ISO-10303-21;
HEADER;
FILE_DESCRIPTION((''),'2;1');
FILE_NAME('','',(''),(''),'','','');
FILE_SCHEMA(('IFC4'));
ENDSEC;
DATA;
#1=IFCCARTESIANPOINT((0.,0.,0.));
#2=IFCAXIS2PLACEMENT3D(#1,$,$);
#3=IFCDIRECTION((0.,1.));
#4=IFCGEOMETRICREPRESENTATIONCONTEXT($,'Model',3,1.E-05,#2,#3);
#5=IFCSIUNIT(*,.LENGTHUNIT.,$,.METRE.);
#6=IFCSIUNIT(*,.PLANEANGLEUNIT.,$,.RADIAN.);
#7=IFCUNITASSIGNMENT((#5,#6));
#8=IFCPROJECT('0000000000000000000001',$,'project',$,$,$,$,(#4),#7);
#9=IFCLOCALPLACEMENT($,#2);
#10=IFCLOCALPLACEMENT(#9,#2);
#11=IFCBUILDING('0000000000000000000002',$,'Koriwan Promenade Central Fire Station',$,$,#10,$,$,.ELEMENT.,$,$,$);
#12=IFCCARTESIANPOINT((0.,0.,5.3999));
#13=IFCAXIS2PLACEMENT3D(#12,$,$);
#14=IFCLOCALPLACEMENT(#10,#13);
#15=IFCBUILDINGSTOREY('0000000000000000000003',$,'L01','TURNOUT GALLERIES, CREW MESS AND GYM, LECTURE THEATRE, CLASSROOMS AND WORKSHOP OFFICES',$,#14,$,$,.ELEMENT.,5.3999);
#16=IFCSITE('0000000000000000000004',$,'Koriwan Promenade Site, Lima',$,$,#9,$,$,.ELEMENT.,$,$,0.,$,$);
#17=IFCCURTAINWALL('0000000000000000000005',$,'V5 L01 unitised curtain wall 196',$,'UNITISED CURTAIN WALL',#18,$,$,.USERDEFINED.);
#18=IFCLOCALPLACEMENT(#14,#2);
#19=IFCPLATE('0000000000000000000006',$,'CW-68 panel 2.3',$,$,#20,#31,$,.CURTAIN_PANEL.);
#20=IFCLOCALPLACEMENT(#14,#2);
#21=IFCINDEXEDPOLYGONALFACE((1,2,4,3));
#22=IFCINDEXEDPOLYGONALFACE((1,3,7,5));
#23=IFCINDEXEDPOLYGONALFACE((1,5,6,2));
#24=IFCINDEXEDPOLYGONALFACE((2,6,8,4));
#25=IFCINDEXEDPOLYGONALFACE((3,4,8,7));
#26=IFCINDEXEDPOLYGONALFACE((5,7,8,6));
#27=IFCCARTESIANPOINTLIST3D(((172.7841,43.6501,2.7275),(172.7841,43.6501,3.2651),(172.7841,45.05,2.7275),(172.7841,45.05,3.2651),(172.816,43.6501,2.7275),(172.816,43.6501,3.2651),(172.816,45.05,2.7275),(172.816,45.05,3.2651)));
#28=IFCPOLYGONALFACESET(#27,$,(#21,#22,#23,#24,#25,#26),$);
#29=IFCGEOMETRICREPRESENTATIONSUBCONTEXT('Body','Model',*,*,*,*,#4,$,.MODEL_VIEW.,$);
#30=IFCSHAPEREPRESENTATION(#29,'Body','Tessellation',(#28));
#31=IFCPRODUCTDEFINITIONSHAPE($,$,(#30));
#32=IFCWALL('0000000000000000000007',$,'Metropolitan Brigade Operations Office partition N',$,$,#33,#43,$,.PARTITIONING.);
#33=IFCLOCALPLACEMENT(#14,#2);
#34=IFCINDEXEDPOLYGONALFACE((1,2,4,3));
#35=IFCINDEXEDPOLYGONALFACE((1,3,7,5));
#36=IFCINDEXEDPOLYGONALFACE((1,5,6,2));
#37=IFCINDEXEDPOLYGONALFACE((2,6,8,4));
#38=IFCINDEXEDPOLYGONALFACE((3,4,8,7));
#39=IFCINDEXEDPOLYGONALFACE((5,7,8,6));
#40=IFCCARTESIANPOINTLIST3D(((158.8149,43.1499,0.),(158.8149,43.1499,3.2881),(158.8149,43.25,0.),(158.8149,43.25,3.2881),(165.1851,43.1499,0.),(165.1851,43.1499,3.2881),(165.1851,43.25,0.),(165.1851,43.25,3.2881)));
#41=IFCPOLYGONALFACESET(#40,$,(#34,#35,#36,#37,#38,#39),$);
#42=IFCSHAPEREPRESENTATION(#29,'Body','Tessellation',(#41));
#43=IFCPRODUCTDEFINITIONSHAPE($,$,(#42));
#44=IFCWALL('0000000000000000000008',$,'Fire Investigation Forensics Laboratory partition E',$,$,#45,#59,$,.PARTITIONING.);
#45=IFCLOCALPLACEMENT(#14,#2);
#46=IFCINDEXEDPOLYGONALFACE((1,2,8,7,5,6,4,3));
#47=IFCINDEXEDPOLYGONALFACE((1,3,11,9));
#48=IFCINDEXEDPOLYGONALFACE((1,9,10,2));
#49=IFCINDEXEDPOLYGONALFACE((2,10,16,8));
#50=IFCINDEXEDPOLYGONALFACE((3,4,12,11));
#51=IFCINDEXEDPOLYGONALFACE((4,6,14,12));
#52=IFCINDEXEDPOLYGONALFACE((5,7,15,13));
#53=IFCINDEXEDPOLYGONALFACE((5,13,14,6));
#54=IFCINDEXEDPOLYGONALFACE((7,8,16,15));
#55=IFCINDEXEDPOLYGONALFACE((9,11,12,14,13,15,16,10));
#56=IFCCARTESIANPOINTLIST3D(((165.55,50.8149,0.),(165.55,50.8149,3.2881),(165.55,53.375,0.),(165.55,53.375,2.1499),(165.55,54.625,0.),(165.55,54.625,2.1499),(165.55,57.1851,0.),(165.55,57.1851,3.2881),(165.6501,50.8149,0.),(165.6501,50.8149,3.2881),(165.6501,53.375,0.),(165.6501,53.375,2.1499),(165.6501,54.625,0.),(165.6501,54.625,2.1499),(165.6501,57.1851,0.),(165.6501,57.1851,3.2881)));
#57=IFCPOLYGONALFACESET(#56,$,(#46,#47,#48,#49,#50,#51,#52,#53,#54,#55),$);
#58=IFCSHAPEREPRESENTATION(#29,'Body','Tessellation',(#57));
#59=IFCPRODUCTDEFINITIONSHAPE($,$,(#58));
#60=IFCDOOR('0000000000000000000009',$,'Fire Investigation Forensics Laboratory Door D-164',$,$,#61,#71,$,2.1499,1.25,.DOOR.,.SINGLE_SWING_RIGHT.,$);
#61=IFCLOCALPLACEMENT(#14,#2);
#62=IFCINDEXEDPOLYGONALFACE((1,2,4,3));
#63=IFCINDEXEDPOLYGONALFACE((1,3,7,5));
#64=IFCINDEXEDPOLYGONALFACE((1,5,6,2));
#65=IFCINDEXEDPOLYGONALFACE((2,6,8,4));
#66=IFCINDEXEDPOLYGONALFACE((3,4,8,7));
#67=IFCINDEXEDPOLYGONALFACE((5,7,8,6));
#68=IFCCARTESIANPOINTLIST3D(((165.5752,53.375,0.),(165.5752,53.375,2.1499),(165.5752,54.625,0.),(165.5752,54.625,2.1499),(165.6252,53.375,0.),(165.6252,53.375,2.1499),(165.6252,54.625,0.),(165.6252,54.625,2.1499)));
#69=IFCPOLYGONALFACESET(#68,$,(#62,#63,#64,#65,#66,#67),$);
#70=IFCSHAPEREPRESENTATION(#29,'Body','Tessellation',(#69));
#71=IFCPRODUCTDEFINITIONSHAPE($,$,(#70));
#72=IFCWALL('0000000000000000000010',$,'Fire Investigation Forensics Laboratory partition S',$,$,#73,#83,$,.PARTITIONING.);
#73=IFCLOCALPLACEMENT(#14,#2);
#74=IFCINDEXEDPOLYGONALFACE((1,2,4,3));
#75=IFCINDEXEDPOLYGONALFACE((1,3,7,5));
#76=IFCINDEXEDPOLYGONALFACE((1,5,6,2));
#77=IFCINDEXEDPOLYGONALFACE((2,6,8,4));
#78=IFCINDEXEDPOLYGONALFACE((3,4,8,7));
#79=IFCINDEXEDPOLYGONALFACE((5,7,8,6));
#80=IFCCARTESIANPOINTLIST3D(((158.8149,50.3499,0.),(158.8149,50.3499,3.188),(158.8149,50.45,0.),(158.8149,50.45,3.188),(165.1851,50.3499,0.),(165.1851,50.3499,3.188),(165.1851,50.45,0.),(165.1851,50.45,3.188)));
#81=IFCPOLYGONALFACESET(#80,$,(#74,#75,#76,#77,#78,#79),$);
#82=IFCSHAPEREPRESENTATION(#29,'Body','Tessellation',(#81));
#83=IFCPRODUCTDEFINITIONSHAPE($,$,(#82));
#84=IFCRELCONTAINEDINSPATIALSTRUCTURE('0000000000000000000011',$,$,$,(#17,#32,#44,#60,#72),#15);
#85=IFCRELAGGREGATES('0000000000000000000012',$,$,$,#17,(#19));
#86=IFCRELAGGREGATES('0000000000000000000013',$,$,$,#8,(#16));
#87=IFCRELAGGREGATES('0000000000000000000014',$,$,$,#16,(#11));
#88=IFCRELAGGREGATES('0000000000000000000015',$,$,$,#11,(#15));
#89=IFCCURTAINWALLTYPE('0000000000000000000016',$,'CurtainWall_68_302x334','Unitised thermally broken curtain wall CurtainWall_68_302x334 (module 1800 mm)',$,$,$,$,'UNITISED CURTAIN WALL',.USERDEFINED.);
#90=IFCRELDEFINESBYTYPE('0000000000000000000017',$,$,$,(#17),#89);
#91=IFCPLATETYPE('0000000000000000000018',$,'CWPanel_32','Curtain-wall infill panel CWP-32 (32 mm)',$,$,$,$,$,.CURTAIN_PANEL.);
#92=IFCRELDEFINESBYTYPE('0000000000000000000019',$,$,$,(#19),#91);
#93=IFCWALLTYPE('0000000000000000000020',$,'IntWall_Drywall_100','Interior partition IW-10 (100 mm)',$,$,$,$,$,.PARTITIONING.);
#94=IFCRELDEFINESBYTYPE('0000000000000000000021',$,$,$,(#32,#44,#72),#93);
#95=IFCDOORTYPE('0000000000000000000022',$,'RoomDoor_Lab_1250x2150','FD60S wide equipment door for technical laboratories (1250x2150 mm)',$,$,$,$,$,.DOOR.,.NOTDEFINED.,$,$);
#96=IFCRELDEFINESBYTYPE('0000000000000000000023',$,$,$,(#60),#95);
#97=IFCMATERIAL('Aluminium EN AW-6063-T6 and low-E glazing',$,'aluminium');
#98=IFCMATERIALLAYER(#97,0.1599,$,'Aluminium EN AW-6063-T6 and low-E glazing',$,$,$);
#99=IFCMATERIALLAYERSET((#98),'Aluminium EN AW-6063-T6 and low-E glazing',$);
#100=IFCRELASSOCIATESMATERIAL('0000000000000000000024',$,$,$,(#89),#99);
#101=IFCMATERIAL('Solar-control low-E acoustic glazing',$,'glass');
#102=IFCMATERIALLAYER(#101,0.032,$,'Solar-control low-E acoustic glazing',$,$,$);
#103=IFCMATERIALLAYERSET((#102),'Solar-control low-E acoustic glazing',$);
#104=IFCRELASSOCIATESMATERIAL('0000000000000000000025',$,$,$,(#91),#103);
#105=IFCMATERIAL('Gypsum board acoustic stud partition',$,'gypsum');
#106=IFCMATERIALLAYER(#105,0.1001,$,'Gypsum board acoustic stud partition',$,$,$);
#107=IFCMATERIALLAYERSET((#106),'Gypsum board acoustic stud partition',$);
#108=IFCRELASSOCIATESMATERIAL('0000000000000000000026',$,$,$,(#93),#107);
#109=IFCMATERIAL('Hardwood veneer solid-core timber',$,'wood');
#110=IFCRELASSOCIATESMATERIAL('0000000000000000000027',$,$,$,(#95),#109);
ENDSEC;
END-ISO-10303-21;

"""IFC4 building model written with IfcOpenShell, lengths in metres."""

from ifc_helpers import new_model, si_unit, direction, frame, frame_2d, origin, origin_2d, place, context, subcontext, project, spatial, rectangle, extrude, material, layer, layer_set, type_object, element, fill, aggregate, save


model = new_model("IFC4")

# Units and contexts
model_context = context("Model", 3, precision=1e-05, world=origin(), true_north=direction((0.0, 1.0)))
body_context = subcontext(model_context, "Body", "Model", "MODEL_VIEW")
ifc_project = project(units=[si_unit("LENGTHUNIT", "METRE"), si_unit("PLANEANGLEUNIT", "RADIAN")], contexts=[model_context])

# Site, building, storey
site_placement = place(None, origin())
site = spatial("IfcSite", under=ifc_project, at=site_placement, Name="Koriwan Promenade Site, Lima", CompositionType="ELEMENT", RefElevation=0.0)
building_placement = place(site_placement, origin())
building = spatial("IfcBuilding", under=site, at=building_placement, Name="Koriwan Promenade Central Fire Station", CompositionType="ELEMENT")
storey_placement = place(building_placement, frame((0.0, 0.0, 5.3999)))
storey = spatial("IfcBuildingStorey", under=building, at=storey_placement, Name="L01", Description="TURNOUT GALLERIES, CREW MESS AND GYM, LECTURE THEATRE, CLASSROOMS AND WORKSHOP OFFICES", CompositionType="ELEMENT", Elevation=5.3999)

# Curtain wall, plate
ifc_material_1 = material(Name="Aluminium EN AW-6063-T6 and low-E glazing", Category="aluminium")
ifc_layer_1 = layer(ifc_material_1, 0.1599, Name="Aluminium EN AW-6063-T6 and low-E glazing")
ifc_layer_set_1 = layer_set([ifc_layer_1], Name="Aluminium EN AW-6063-T6 and low-E glazing")
curtain_wall_type = type_object("IfcCurtainWallType", Name="CurtainWall_68_302x334", Description="Unitised thermally broken curtain wall CurtainWall_68_302x334 (module 1800 mm)", ElementType="UNITISED CURTAIN WALL", PredefinedType="USERDEFINED", material=ifc_layer_set_1)
curtain_wall_placement = place(storey_placement, origin())
curtain_wall = element("IfcCurtainWall", 1, at=curtain_wall_placement, inside=storey, type_object=curtain_wall_type, Name="V5 L01 unitised curtain wall 196", ObjectType="UNITISED CURTAIN WALL", PredefinedType="USERDEFINED")
ifc_material_2 = material(Name="Solar-control low-E acoustic glazing", Category="glass")
ifc_layer_2 = layer(ifc_material_2, 0.032, Name="Solar-control low-E acoustic glazing")
ifc_layer_set_2 = layer_set([ifc_layer_2], Name="Solar-control low-E acoustic glazing")
plate_type = type_object("IfcPlateType", Name="CWPanel_32", Description="Curtain-wall infill panel CWP-32 (32 mm)", PredefinedType="CURTAIN_PANEL", material=ifc_layer_set_2)
plate_1_placement = place(storey_placement, frame((172.8, 44.3501, 2.7275), z_axis=(0.0, 0.0, 1.0), x_axis=(0.0, -1.0, 0.0)))
plate_1 = element("IfcPlate", 2, at=plate_1_placement, type_object=plate_type, Name="CW-68 panel 2.3", PredefinedType="CURTAIN_PANEL", context=body_context, shape_type="SweptSolid", body=[
    extrude(rectangle(XDim=1.3999, YDim=0.032, at=origin_2d()), origin(), (0.0, 0.0, 1.0), 0.5376),
])
aggregate(curtain_wall, [plate_1])

# Wall
ifc_material_3 = material(Name="Gypsum board acoustic stud partition", Category="gypsum")
ifc_layer_3 = layer(ifc_material_3, 0.1001, Name="Gypsum board acoustic stud partition")
ifc_layer_set_3 = layer_set([ifc_layer_3], Name="Gypsum board acoustic stud partition")
wall_type = type_object("IfcWallType", Name="IntWall_Drywall_100", Description="Interior partition IW-10 (100 mm)", PredefinedType="PARTITIONING", material=ifc_layer_set_3)
wall_1_placement = place(storey_placement, frame((158.8149, 43.2, 0.0), z_axis=(0.0, 0.0, 1.0), x_axis=(1.0, 0.0, 0.0)))
element("IfcWall", 3, at=wall_1_placement, inside=storey, type_object=wall_type, Name="Metropolitan Brigade Operations Office partition N", PredefinedType="PARTITIONING", context=body_context, shape_type="SweptSolid", body=[
    extrude(rectangle(XDim=6.3701, YDim=0.1001, at=frame_2d((3.1851, 0.0))), origin(), (0.0, 0.0, 1.0), 3.2881),
])

# Wall, opening, door
wall_2_placement = place(storey_placement, frame((165.6001, 50.8149, 0.0), z_axis=(0.0, 0.0, 1.0), x_axis=(0.0, 1.0, 0.0)))
wall_2 = element("IfcWall", 4, at=wall_2_placement, inside=storey, type_object=wall_type, Name="Fire Investigation Forensics Laboratory partition E", PredefinedType="PARTITIONING", context=body_context, shape_type="SweptSolid", body=[
    extrude(rectangle(XDim=6.3701, YDim=0.1001, at=frame_2d((3.1851, 0.0))), origin(), (0.0, 0.0, 1.0), 3.2881),
])
opening_placement = place(wall_2_placement, frame((2.5601, 0.0, 0.0)))
opening = element("IfcOpeningElement", 5, at=opening_placement, cuts=wall_2, PredefinedType="OPENING", context=body_context, shape_type="SweptSolid", body=[
    extrude(rectangle(XDim=1.25, YDim=2.1499, at=frame_2d((0.625, 1.075))), frame((0.0, 0.062, 0.0), z_axis=(0.0, -1.0, 0.0), x_axis=(1.0, 0.0, 0.0)), (0.0, 0.0, 1.0), 0.124),
])
ifc_material_4 = material(Name="Hardwood veneer solid-core timber", Category="wood")
door_type = type_object("IfcDoorType", Name="RoomDoor_Lab_1250x2150", Description="FD60S wide equipment door for technical laboratories (1250x2150 mm)", OperationType="NOTDEFINED", PredefinedType="DOOR", material=ifc_material_4)
door_placement = place(opening_placement, origin())
door = element("IfcDoor", 6, at=door_placement, inside=storey, type_object=door_type, Name="Fire Investigation Forensics Laboratory Door D-164", OperationType="SINGLE_SWING_RIGHT", OverallHeight=2.1499, OverallWidth=1.25, PredefinedType="DOOR", context=body_context, shape_type="SweptSolid", body=[
    extrude(rectangle(XDim=1.25, YDim=2.1499, at=frame_2d((0.625, 1.075))), frame((0.0, 0.0249, 0.0), z_axis=(0.0, -1.0, 0.0), x_axis=(1.0, 0.0, 0.0)), (0.0, 0.0, 1.0), 0.05),
])
fill(opening, door)

# Wall
wall_3_placement = place(storey_placement, frame((158.8149, 50.3999, 0.0), z_axis=(0.0, 0.0, 1.0), x_axis=(1.0, 0.0, 0.0)))
element("IfcWall", 7, at=wall_3_placement, inside=storey, type_object=wall_type, Name="Fire Investigation Forensics Laboratory partition S", PredefinedType="PARTITIONING", context=body_context, shape_type="SweptSolid", body=[
    extrude(rectangle(XDim=6.3701, YDim=0.1001, at=frame_2d((3.1851, 0.0))), origin(), (0.0, 0.0, 1.0), 3.188),
])

save(model, "model.ifc")
